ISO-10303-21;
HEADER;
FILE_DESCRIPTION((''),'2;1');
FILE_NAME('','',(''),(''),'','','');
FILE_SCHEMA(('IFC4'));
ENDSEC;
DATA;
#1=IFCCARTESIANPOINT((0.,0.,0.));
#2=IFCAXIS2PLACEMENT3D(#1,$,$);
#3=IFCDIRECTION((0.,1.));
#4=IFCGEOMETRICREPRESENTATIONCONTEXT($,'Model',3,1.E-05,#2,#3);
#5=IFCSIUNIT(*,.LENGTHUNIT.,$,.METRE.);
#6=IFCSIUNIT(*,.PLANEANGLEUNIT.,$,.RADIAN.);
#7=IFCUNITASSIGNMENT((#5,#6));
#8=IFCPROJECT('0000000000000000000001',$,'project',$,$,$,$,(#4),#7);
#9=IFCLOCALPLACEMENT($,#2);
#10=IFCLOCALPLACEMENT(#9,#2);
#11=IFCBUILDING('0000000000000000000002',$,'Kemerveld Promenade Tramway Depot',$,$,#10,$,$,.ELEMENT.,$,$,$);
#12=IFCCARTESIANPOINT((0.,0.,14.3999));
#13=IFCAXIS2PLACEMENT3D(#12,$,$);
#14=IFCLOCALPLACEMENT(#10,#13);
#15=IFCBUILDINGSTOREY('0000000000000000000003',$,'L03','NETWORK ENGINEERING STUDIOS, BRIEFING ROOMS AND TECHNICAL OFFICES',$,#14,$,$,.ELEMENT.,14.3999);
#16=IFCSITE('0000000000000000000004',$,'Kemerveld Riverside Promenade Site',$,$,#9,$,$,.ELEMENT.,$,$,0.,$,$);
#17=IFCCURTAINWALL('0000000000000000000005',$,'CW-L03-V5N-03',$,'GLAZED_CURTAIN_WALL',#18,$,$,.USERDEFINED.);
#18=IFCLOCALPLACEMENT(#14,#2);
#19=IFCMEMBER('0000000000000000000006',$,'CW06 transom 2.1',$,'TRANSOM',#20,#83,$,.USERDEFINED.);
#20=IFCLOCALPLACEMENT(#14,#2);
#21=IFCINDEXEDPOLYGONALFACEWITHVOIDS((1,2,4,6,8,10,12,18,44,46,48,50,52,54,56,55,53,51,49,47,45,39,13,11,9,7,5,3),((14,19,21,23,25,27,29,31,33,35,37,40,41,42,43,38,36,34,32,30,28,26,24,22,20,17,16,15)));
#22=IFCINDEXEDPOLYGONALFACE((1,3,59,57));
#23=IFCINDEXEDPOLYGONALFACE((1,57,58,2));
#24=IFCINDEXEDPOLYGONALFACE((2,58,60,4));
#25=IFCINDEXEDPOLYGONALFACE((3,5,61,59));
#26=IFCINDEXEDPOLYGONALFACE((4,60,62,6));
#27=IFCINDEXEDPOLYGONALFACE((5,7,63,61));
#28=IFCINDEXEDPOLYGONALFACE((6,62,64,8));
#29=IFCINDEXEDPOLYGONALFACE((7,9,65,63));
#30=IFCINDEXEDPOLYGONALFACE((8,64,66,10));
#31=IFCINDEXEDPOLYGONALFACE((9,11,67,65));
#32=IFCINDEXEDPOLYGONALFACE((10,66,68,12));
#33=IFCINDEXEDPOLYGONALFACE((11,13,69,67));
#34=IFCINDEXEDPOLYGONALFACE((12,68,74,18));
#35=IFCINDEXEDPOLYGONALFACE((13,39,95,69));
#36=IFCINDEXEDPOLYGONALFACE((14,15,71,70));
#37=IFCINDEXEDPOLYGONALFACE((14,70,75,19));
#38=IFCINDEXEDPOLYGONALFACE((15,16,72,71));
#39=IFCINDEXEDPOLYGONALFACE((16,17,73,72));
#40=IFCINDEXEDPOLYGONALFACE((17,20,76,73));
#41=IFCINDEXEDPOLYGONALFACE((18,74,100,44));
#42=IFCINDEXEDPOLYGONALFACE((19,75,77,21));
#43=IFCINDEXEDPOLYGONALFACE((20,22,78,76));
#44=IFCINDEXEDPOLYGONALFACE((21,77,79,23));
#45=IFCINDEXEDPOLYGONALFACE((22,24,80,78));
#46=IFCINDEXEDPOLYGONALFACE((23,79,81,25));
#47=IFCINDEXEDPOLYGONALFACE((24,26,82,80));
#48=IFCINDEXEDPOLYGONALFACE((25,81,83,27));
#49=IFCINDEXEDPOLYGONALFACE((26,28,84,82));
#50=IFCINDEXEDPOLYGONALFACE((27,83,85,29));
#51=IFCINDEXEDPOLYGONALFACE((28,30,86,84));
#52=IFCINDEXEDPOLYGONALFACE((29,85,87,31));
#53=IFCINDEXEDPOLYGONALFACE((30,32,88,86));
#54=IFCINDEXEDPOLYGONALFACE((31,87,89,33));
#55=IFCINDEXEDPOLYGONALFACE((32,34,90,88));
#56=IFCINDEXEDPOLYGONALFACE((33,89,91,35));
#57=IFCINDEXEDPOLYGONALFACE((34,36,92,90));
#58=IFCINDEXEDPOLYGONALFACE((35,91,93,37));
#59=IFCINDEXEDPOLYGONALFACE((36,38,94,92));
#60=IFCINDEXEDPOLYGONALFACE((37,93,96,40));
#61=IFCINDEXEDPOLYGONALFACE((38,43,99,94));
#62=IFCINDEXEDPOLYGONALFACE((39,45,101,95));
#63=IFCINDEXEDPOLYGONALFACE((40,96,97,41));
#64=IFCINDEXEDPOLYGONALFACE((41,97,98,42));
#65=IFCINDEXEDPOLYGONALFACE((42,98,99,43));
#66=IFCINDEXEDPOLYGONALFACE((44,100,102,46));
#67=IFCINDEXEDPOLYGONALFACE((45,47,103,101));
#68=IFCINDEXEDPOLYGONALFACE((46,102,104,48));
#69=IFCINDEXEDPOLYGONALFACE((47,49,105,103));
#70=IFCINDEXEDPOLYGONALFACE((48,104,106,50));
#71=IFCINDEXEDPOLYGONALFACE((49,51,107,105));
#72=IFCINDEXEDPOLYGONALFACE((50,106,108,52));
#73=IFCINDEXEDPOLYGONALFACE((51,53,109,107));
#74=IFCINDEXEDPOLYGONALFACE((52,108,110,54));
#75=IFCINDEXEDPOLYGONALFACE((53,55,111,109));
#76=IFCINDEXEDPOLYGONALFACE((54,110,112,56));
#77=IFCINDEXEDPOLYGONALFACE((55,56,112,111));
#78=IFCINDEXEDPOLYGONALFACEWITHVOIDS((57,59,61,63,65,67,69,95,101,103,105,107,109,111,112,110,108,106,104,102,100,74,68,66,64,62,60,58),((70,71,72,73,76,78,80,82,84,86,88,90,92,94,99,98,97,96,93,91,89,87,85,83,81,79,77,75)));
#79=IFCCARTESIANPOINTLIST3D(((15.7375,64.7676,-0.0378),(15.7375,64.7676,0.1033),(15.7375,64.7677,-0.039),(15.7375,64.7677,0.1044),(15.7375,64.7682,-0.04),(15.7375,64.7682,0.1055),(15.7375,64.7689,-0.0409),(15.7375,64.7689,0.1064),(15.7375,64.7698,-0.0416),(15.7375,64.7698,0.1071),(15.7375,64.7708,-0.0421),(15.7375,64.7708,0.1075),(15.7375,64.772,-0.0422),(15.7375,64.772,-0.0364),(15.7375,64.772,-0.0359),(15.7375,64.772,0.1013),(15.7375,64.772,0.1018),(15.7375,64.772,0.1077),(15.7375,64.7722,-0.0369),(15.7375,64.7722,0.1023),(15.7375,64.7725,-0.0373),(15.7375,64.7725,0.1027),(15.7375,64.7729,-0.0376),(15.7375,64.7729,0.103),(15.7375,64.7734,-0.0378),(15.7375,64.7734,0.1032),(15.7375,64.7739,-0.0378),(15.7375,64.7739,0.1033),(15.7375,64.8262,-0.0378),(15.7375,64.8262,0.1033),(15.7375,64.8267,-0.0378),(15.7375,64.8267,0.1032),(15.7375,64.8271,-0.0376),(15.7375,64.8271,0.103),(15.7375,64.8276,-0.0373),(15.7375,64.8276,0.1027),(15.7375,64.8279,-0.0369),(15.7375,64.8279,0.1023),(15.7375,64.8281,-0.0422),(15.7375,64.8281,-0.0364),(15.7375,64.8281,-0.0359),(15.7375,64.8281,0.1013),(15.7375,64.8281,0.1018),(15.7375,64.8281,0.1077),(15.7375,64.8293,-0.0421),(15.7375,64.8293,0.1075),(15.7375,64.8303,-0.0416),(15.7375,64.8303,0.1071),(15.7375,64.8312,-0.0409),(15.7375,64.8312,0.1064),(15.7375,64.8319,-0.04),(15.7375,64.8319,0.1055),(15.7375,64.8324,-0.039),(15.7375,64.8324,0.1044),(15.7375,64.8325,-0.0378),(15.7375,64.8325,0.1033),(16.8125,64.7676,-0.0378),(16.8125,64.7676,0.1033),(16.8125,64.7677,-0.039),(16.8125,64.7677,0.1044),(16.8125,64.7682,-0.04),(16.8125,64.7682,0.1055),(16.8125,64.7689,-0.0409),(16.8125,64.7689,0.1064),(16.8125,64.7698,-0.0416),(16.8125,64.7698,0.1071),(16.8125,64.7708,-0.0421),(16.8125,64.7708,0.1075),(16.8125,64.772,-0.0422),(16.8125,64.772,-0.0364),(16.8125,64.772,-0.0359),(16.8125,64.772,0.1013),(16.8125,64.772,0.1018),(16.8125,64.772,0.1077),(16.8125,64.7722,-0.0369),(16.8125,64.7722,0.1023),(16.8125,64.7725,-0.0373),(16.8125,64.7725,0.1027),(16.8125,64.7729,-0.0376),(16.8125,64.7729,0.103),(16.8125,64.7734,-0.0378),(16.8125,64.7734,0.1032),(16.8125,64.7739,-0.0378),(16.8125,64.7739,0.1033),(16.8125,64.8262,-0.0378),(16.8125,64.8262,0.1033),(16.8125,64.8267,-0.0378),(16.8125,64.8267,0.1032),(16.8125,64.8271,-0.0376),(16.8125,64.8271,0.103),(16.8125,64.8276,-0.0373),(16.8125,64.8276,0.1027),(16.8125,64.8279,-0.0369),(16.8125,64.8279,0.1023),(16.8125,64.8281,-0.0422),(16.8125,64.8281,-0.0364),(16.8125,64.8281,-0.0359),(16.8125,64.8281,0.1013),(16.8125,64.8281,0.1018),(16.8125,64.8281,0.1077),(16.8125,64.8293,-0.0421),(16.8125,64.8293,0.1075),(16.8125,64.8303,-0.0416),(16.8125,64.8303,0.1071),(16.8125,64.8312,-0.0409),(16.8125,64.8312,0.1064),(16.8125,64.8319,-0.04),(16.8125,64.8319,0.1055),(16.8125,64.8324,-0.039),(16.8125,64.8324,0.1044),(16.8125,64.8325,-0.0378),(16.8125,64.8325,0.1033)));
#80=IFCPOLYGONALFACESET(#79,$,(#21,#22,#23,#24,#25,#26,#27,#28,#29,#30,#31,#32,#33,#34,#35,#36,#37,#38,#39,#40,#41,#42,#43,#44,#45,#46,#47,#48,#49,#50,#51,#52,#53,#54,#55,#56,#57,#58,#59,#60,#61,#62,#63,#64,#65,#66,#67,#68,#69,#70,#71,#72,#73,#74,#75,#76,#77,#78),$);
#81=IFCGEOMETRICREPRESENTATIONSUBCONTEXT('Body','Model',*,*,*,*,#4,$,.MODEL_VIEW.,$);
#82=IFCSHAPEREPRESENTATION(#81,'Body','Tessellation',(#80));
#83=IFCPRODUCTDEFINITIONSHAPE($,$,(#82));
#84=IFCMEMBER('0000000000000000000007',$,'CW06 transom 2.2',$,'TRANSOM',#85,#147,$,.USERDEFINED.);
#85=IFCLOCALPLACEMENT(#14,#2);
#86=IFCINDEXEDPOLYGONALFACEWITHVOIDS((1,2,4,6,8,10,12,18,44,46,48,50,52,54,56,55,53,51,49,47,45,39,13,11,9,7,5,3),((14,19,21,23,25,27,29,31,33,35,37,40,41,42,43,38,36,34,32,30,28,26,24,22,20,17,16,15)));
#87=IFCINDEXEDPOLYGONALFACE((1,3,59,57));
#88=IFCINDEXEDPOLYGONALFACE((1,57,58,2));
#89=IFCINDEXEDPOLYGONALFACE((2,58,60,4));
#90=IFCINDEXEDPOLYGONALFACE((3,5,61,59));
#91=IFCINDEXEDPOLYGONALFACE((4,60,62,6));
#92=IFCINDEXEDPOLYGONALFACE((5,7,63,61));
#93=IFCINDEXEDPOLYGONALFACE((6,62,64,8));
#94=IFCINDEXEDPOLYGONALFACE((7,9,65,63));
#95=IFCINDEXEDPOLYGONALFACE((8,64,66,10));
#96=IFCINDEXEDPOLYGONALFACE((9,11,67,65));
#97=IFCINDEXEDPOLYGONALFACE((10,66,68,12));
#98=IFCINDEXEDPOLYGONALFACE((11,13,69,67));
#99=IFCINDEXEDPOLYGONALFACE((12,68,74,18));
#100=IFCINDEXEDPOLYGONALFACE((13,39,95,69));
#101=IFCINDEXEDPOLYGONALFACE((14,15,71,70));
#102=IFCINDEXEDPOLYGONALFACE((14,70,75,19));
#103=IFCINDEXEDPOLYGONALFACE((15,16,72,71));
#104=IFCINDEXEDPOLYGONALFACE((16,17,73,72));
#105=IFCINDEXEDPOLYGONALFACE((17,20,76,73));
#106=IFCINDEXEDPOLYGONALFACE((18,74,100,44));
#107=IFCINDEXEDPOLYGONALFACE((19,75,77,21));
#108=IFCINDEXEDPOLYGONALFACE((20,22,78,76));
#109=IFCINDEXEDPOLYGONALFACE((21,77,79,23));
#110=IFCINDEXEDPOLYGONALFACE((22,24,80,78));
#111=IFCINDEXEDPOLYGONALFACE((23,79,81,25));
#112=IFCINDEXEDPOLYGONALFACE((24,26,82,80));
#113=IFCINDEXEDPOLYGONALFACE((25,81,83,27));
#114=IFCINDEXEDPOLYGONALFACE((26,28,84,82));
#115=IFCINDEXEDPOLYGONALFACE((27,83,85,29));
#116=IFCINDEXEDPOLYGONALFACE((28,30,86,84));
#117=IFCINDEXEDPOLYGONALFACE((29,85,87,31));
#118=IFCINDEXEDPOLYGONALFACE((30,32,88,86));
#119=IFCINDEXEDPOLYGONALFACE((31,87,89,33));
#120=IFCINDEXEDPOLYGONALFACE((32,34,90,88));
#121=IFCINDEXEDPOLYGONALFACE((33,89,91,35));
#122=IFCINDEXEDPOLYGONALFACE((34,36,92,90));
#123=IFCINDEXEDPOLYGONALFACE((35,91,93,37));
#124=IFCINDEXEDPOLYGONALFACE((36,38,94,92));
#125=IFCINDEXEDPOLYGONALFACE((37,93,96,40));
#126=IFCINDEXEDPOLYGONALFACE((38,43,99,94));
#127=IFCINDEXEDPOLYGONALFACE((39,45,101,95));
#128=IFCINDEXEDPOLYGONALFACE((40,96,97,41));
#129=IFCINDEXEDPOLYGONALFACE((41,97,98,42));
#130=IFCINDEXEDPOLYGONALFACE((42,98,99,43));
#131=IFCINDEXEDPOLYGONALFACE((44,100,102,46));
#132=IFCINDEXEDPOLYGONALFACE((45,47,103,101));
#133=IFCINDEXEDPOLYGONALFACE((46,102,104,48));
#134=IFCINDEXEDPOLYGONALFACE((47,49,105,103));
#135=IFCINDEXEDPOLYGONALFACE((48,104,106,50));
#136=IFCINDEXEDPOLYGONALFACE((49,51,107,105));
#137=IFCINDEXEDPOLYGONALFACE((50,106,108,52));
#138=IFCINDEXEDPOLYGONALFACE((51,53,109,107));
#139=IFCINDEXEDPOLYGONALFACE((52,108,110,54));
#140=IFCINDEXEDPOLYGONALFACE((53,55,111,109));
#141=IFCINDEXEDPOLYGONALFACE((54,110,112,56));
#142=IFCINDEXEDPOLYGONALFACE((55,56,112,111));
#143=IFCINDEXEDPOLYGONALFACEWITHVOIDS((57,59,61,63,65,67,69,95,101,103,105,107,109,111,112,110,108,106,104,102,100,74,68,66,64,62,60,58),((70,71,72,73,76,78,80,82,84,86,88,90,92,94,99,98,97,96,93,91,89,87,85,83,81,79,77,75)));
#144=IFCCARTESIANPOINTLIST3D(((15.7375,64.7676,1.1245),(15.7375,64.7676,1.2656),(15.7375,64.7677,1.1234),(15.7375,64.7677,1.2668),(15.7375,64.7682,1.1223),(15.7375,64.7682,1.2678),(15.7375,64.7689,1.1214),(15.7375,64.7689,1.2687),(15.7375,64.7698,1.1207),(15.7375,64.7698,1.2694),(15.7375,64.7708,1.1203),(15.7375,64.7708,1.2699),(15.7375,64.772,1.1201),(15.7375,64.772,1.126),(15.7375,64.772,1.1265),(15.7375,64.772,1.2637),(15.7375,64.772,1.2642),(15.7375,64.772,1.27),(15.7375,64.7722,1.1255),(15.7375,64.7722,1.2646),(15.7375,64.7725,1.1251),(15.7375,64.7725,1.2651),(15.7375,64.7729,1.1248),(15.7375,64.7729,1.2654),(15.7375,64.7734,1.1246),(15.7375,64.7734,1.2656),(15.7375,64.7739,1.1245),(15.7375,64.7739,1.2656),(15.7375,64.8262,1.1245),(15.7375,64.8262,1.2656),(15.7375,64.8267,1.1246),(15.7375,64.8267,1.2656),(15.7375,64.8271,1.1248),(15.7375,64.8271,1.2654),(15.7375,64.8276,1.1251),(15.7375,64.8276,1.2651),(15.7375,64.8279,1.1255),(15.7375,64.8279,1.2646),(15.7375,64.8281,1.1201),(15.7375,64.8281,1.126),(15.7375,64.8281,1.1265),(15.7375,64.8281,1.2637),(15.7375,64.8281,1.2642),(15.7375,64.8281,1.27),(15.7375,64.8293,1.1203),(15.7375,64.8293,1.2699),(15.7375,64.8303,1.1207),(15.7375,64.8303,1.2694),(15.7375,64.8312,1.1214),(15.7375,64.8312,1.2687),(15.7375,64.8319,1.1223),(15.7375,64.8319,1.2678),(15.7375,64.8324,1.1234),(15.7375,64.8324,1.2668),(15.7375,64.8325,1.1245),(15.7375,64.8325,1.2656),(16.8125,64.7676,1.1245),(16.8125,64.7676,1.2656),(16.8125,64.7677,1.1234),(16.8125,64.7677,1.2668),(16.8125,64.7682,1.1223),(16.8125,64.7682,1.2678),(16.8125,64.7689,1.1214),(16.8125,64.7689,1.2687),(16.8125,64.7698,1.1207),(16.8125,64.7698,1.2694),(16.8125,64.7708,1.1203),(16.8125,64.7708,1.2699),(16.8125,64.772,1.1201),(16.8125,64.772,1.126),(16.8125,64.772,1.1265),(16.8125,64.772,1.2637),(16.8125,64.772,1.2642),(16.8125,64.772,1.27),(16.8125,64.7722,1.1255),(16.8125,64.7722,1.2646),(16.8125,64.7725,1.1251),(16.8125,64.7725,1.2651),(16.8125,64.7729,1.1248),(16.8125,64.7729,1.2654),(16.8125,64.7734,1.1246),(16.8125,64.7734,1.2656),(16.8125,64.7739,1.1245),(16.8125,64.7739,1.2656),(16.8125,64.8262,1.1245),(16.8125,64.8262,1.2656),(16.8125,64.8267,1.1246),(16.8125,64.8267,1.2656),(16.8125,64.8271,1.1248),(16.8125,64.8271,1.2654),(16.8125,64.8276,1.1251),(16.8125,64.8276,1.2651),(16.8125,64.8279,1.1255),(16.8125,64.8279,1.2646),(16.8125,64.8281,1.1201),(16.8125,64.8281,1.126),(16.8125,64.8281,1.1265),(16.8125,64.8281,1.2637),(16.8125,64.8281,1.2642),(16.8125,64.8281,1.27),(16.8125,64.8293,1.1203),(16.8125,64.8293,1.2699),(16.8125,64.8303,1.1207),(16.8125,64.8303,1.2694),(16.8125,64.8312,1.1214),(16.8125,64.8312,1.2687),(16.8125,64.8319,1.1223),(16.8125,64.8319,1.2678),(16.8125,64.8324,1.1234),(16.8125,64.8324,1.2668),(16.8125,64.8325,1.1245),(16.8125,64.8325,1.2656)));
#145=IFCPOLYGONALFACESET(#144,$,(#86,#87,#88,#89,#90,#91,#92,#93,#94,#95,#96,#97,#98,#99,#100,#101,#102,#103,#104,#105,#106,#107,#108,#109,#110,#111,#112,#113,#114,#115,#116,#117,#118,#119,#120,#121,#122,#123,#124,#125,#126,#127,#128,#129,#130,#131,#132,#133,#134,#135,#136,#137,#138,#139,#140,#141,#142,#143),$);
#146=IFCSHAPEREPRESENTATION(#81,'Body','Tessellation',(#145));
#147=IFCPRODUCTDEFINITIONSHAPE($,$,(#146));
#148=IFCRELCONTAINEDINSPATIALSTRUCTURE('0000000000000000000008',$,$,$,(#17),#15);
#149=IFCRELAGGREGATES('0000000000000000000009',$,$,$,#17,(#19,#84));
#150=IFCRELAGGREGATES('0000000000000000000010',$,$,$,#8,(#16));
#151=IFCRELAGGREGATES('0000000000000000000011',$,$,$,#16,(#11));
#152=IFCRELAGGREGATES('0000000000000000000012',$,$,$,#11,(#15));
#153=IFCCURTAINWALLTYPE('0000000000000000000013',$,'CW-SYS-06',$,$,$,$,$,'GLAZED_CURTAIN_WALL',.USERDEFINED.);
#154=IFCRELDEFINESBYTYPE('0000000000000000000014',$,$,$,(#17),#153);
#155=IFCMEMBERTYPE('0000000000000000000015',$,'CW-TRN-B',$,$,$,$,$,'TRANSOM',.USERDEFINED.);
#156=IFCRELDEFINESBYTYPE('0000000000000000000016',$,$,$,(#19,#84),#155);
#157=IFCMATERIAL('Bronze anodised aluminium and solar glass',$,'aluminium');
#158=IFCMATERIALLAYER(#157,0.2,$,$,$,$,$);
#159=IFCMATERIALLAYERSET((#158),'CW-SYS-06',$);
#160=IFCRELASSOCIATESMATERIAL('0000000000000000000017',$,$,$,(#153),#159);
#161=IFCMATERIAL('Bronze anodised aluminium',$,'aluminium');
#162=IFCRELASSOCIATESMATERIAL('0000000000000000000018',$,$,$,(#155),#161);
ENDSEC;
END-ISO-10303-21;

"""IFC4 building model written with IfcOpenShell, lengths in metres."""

from ifc_helpers import new_model, si_unit, direction, frame, origin, origin_2d, place, context, subcontext, project, spatial, hollow_rectangle, extrude, material, layer, layer_set, material_profile, profile_set, type_object, element, aggregate, save


model = new_model("IFC4")

# Units and contexts
model_context = context("Model", 3, precision=1e-05, world=origin(), true_north=direction((0.0, 1.0)))
body_context = subcontext(model_context, "Body", "Model", "MODEL_VIEW")
ifc_project = project(units=[si_unit("LENGTHUNIT", "METRE"), si_unit("PLANEANGLEUNIT", "RADIAN")], contexts=[model_context])

# Site, building, storey
site_placement = place(None, origin())
site = spatial("IfcSite", under=ifc_project, at=site_placement, Name="Kemerveld Riverside Promenade Site", CompositionType="ELEMENT", RefElevation=0.0)
building_placement = place(site_placement, origin())
building = spatial("IfcBuilding", under=site, at=building_placement, Name="Kemerveld Promenade Tramway Depot", CompositionType="ELEMENT")
storey_placement = place(building_placement, frame((0.0, 0.0, 14.3999)))
storey = spatial("IfcBuildingStorey", under=building, at=storey_placement, Name="L03", Description="NETWORK ENGINEERING STUDIOS, BRIEFING ROOMS AND TECHNICAL OFFICES", CompositionType="ELEMENT", Elevation=14.3999)

# Curtain wall, members
ifc_material_1 = material(Name="Bronze anodised aluminium and solar glass", Category="aluminium")
ifc_layer_1 = layer(ifc_material_1, 0.2)
ifc_layer_set_1 = layer_set([ifc_layer_1], Name="CW-SYS-06")
curtain_wall_type = type_object("IfcCurtainWallType", Name="CW-SYS-06", ElementType="GLAZED_CURTAIN_WALL", PredefinedType="USERDEFINED", material=ifc_layer_set_1)
curtain_wall_placement = place(storey_placement, origin())
curtain_wall = element("IfcCurtainWall", 1, at=curtain_wall_placement, inside=storey, type_object=curtain_wall_type, Name="CW-L03-V5N-03", ObjectType="GLAZED_CURTAIN_WALL", PredefinedType="USERDEFINED")
ifc_material_2 = material(Name="Bronze anodised aluminium", Category="aluminium")
ifc_material_profile_1 = material_profile(ifc_material_2, hollow_rectangle(XDim=0.0649, YDim=0.1499, WallThickness=0.0044, InnerFilletRadius=0.002, OuterFilletRadius=0.0044, at=origin_2d()), Name="CW-TRN-150x65")
ifc_profile_set_1 = profile_set([ifc_material_profile_1], Name="Bronze anodised aluminium")
member_type_1 = type_object("IfcMemberType", Name="CW-TRN-B", ElementType="TRANSOM", PredefinedType="USERDEFINED", material=ifc_profile_set_1)
member_1_placement = place(storey_placement, frame((15.7375, 64.8, 0.0327), z_axis=(1.0, 0.0, 0.0), x_axis=(0.0, 1.0, 0.0)))
member_1 = element("IfcMember", 2, at=member_1_placement, type_object=member_type_1, Name="CW06 transom 2.1", ObjectType="TRANSOM", PredefinedType="USERDEFINED", context=body_context, shape_type="SweptSolid", body=[
    extrude(hollow_rectangle(XDim=0.0649, YDim=0.1499, WallThickness=0.0044, InnerFilletRadius=0.002, OuterFilletRadius=0.0044, at=origin_2d()), origin(), (0.0, 0.0, 1.0), 1.075),
])
member_2_placement = place(storey_placement, frame((15.7375, 64.8, 1.1951), z_axis=(1.0, 0.0, 0.0), x_axis=(0.0, 1.0, 0.0)))
member_2 = element("IfcMember", 3, at=member_2_placement, type_object=member_type_1, Name="CW06 transom 2.2", ObjectType="TRANSOM", PredefinedType="USERDEFINED", context=body_context, shape_type="SweptSolid", body=[
    extrude(hollow_rectangle(XDim=0.0649, YDim=0.1499, WallThickness=0.0044, InnerFilletRadius=0.002, OuterFilletRadius=0.0044, at=origin_2d()), origin(), (0.0, 0.0, 1.0), 1.075),
])
aggregate(curtain_wall, [member_1, member_2])

save(model, "model.ifc")
